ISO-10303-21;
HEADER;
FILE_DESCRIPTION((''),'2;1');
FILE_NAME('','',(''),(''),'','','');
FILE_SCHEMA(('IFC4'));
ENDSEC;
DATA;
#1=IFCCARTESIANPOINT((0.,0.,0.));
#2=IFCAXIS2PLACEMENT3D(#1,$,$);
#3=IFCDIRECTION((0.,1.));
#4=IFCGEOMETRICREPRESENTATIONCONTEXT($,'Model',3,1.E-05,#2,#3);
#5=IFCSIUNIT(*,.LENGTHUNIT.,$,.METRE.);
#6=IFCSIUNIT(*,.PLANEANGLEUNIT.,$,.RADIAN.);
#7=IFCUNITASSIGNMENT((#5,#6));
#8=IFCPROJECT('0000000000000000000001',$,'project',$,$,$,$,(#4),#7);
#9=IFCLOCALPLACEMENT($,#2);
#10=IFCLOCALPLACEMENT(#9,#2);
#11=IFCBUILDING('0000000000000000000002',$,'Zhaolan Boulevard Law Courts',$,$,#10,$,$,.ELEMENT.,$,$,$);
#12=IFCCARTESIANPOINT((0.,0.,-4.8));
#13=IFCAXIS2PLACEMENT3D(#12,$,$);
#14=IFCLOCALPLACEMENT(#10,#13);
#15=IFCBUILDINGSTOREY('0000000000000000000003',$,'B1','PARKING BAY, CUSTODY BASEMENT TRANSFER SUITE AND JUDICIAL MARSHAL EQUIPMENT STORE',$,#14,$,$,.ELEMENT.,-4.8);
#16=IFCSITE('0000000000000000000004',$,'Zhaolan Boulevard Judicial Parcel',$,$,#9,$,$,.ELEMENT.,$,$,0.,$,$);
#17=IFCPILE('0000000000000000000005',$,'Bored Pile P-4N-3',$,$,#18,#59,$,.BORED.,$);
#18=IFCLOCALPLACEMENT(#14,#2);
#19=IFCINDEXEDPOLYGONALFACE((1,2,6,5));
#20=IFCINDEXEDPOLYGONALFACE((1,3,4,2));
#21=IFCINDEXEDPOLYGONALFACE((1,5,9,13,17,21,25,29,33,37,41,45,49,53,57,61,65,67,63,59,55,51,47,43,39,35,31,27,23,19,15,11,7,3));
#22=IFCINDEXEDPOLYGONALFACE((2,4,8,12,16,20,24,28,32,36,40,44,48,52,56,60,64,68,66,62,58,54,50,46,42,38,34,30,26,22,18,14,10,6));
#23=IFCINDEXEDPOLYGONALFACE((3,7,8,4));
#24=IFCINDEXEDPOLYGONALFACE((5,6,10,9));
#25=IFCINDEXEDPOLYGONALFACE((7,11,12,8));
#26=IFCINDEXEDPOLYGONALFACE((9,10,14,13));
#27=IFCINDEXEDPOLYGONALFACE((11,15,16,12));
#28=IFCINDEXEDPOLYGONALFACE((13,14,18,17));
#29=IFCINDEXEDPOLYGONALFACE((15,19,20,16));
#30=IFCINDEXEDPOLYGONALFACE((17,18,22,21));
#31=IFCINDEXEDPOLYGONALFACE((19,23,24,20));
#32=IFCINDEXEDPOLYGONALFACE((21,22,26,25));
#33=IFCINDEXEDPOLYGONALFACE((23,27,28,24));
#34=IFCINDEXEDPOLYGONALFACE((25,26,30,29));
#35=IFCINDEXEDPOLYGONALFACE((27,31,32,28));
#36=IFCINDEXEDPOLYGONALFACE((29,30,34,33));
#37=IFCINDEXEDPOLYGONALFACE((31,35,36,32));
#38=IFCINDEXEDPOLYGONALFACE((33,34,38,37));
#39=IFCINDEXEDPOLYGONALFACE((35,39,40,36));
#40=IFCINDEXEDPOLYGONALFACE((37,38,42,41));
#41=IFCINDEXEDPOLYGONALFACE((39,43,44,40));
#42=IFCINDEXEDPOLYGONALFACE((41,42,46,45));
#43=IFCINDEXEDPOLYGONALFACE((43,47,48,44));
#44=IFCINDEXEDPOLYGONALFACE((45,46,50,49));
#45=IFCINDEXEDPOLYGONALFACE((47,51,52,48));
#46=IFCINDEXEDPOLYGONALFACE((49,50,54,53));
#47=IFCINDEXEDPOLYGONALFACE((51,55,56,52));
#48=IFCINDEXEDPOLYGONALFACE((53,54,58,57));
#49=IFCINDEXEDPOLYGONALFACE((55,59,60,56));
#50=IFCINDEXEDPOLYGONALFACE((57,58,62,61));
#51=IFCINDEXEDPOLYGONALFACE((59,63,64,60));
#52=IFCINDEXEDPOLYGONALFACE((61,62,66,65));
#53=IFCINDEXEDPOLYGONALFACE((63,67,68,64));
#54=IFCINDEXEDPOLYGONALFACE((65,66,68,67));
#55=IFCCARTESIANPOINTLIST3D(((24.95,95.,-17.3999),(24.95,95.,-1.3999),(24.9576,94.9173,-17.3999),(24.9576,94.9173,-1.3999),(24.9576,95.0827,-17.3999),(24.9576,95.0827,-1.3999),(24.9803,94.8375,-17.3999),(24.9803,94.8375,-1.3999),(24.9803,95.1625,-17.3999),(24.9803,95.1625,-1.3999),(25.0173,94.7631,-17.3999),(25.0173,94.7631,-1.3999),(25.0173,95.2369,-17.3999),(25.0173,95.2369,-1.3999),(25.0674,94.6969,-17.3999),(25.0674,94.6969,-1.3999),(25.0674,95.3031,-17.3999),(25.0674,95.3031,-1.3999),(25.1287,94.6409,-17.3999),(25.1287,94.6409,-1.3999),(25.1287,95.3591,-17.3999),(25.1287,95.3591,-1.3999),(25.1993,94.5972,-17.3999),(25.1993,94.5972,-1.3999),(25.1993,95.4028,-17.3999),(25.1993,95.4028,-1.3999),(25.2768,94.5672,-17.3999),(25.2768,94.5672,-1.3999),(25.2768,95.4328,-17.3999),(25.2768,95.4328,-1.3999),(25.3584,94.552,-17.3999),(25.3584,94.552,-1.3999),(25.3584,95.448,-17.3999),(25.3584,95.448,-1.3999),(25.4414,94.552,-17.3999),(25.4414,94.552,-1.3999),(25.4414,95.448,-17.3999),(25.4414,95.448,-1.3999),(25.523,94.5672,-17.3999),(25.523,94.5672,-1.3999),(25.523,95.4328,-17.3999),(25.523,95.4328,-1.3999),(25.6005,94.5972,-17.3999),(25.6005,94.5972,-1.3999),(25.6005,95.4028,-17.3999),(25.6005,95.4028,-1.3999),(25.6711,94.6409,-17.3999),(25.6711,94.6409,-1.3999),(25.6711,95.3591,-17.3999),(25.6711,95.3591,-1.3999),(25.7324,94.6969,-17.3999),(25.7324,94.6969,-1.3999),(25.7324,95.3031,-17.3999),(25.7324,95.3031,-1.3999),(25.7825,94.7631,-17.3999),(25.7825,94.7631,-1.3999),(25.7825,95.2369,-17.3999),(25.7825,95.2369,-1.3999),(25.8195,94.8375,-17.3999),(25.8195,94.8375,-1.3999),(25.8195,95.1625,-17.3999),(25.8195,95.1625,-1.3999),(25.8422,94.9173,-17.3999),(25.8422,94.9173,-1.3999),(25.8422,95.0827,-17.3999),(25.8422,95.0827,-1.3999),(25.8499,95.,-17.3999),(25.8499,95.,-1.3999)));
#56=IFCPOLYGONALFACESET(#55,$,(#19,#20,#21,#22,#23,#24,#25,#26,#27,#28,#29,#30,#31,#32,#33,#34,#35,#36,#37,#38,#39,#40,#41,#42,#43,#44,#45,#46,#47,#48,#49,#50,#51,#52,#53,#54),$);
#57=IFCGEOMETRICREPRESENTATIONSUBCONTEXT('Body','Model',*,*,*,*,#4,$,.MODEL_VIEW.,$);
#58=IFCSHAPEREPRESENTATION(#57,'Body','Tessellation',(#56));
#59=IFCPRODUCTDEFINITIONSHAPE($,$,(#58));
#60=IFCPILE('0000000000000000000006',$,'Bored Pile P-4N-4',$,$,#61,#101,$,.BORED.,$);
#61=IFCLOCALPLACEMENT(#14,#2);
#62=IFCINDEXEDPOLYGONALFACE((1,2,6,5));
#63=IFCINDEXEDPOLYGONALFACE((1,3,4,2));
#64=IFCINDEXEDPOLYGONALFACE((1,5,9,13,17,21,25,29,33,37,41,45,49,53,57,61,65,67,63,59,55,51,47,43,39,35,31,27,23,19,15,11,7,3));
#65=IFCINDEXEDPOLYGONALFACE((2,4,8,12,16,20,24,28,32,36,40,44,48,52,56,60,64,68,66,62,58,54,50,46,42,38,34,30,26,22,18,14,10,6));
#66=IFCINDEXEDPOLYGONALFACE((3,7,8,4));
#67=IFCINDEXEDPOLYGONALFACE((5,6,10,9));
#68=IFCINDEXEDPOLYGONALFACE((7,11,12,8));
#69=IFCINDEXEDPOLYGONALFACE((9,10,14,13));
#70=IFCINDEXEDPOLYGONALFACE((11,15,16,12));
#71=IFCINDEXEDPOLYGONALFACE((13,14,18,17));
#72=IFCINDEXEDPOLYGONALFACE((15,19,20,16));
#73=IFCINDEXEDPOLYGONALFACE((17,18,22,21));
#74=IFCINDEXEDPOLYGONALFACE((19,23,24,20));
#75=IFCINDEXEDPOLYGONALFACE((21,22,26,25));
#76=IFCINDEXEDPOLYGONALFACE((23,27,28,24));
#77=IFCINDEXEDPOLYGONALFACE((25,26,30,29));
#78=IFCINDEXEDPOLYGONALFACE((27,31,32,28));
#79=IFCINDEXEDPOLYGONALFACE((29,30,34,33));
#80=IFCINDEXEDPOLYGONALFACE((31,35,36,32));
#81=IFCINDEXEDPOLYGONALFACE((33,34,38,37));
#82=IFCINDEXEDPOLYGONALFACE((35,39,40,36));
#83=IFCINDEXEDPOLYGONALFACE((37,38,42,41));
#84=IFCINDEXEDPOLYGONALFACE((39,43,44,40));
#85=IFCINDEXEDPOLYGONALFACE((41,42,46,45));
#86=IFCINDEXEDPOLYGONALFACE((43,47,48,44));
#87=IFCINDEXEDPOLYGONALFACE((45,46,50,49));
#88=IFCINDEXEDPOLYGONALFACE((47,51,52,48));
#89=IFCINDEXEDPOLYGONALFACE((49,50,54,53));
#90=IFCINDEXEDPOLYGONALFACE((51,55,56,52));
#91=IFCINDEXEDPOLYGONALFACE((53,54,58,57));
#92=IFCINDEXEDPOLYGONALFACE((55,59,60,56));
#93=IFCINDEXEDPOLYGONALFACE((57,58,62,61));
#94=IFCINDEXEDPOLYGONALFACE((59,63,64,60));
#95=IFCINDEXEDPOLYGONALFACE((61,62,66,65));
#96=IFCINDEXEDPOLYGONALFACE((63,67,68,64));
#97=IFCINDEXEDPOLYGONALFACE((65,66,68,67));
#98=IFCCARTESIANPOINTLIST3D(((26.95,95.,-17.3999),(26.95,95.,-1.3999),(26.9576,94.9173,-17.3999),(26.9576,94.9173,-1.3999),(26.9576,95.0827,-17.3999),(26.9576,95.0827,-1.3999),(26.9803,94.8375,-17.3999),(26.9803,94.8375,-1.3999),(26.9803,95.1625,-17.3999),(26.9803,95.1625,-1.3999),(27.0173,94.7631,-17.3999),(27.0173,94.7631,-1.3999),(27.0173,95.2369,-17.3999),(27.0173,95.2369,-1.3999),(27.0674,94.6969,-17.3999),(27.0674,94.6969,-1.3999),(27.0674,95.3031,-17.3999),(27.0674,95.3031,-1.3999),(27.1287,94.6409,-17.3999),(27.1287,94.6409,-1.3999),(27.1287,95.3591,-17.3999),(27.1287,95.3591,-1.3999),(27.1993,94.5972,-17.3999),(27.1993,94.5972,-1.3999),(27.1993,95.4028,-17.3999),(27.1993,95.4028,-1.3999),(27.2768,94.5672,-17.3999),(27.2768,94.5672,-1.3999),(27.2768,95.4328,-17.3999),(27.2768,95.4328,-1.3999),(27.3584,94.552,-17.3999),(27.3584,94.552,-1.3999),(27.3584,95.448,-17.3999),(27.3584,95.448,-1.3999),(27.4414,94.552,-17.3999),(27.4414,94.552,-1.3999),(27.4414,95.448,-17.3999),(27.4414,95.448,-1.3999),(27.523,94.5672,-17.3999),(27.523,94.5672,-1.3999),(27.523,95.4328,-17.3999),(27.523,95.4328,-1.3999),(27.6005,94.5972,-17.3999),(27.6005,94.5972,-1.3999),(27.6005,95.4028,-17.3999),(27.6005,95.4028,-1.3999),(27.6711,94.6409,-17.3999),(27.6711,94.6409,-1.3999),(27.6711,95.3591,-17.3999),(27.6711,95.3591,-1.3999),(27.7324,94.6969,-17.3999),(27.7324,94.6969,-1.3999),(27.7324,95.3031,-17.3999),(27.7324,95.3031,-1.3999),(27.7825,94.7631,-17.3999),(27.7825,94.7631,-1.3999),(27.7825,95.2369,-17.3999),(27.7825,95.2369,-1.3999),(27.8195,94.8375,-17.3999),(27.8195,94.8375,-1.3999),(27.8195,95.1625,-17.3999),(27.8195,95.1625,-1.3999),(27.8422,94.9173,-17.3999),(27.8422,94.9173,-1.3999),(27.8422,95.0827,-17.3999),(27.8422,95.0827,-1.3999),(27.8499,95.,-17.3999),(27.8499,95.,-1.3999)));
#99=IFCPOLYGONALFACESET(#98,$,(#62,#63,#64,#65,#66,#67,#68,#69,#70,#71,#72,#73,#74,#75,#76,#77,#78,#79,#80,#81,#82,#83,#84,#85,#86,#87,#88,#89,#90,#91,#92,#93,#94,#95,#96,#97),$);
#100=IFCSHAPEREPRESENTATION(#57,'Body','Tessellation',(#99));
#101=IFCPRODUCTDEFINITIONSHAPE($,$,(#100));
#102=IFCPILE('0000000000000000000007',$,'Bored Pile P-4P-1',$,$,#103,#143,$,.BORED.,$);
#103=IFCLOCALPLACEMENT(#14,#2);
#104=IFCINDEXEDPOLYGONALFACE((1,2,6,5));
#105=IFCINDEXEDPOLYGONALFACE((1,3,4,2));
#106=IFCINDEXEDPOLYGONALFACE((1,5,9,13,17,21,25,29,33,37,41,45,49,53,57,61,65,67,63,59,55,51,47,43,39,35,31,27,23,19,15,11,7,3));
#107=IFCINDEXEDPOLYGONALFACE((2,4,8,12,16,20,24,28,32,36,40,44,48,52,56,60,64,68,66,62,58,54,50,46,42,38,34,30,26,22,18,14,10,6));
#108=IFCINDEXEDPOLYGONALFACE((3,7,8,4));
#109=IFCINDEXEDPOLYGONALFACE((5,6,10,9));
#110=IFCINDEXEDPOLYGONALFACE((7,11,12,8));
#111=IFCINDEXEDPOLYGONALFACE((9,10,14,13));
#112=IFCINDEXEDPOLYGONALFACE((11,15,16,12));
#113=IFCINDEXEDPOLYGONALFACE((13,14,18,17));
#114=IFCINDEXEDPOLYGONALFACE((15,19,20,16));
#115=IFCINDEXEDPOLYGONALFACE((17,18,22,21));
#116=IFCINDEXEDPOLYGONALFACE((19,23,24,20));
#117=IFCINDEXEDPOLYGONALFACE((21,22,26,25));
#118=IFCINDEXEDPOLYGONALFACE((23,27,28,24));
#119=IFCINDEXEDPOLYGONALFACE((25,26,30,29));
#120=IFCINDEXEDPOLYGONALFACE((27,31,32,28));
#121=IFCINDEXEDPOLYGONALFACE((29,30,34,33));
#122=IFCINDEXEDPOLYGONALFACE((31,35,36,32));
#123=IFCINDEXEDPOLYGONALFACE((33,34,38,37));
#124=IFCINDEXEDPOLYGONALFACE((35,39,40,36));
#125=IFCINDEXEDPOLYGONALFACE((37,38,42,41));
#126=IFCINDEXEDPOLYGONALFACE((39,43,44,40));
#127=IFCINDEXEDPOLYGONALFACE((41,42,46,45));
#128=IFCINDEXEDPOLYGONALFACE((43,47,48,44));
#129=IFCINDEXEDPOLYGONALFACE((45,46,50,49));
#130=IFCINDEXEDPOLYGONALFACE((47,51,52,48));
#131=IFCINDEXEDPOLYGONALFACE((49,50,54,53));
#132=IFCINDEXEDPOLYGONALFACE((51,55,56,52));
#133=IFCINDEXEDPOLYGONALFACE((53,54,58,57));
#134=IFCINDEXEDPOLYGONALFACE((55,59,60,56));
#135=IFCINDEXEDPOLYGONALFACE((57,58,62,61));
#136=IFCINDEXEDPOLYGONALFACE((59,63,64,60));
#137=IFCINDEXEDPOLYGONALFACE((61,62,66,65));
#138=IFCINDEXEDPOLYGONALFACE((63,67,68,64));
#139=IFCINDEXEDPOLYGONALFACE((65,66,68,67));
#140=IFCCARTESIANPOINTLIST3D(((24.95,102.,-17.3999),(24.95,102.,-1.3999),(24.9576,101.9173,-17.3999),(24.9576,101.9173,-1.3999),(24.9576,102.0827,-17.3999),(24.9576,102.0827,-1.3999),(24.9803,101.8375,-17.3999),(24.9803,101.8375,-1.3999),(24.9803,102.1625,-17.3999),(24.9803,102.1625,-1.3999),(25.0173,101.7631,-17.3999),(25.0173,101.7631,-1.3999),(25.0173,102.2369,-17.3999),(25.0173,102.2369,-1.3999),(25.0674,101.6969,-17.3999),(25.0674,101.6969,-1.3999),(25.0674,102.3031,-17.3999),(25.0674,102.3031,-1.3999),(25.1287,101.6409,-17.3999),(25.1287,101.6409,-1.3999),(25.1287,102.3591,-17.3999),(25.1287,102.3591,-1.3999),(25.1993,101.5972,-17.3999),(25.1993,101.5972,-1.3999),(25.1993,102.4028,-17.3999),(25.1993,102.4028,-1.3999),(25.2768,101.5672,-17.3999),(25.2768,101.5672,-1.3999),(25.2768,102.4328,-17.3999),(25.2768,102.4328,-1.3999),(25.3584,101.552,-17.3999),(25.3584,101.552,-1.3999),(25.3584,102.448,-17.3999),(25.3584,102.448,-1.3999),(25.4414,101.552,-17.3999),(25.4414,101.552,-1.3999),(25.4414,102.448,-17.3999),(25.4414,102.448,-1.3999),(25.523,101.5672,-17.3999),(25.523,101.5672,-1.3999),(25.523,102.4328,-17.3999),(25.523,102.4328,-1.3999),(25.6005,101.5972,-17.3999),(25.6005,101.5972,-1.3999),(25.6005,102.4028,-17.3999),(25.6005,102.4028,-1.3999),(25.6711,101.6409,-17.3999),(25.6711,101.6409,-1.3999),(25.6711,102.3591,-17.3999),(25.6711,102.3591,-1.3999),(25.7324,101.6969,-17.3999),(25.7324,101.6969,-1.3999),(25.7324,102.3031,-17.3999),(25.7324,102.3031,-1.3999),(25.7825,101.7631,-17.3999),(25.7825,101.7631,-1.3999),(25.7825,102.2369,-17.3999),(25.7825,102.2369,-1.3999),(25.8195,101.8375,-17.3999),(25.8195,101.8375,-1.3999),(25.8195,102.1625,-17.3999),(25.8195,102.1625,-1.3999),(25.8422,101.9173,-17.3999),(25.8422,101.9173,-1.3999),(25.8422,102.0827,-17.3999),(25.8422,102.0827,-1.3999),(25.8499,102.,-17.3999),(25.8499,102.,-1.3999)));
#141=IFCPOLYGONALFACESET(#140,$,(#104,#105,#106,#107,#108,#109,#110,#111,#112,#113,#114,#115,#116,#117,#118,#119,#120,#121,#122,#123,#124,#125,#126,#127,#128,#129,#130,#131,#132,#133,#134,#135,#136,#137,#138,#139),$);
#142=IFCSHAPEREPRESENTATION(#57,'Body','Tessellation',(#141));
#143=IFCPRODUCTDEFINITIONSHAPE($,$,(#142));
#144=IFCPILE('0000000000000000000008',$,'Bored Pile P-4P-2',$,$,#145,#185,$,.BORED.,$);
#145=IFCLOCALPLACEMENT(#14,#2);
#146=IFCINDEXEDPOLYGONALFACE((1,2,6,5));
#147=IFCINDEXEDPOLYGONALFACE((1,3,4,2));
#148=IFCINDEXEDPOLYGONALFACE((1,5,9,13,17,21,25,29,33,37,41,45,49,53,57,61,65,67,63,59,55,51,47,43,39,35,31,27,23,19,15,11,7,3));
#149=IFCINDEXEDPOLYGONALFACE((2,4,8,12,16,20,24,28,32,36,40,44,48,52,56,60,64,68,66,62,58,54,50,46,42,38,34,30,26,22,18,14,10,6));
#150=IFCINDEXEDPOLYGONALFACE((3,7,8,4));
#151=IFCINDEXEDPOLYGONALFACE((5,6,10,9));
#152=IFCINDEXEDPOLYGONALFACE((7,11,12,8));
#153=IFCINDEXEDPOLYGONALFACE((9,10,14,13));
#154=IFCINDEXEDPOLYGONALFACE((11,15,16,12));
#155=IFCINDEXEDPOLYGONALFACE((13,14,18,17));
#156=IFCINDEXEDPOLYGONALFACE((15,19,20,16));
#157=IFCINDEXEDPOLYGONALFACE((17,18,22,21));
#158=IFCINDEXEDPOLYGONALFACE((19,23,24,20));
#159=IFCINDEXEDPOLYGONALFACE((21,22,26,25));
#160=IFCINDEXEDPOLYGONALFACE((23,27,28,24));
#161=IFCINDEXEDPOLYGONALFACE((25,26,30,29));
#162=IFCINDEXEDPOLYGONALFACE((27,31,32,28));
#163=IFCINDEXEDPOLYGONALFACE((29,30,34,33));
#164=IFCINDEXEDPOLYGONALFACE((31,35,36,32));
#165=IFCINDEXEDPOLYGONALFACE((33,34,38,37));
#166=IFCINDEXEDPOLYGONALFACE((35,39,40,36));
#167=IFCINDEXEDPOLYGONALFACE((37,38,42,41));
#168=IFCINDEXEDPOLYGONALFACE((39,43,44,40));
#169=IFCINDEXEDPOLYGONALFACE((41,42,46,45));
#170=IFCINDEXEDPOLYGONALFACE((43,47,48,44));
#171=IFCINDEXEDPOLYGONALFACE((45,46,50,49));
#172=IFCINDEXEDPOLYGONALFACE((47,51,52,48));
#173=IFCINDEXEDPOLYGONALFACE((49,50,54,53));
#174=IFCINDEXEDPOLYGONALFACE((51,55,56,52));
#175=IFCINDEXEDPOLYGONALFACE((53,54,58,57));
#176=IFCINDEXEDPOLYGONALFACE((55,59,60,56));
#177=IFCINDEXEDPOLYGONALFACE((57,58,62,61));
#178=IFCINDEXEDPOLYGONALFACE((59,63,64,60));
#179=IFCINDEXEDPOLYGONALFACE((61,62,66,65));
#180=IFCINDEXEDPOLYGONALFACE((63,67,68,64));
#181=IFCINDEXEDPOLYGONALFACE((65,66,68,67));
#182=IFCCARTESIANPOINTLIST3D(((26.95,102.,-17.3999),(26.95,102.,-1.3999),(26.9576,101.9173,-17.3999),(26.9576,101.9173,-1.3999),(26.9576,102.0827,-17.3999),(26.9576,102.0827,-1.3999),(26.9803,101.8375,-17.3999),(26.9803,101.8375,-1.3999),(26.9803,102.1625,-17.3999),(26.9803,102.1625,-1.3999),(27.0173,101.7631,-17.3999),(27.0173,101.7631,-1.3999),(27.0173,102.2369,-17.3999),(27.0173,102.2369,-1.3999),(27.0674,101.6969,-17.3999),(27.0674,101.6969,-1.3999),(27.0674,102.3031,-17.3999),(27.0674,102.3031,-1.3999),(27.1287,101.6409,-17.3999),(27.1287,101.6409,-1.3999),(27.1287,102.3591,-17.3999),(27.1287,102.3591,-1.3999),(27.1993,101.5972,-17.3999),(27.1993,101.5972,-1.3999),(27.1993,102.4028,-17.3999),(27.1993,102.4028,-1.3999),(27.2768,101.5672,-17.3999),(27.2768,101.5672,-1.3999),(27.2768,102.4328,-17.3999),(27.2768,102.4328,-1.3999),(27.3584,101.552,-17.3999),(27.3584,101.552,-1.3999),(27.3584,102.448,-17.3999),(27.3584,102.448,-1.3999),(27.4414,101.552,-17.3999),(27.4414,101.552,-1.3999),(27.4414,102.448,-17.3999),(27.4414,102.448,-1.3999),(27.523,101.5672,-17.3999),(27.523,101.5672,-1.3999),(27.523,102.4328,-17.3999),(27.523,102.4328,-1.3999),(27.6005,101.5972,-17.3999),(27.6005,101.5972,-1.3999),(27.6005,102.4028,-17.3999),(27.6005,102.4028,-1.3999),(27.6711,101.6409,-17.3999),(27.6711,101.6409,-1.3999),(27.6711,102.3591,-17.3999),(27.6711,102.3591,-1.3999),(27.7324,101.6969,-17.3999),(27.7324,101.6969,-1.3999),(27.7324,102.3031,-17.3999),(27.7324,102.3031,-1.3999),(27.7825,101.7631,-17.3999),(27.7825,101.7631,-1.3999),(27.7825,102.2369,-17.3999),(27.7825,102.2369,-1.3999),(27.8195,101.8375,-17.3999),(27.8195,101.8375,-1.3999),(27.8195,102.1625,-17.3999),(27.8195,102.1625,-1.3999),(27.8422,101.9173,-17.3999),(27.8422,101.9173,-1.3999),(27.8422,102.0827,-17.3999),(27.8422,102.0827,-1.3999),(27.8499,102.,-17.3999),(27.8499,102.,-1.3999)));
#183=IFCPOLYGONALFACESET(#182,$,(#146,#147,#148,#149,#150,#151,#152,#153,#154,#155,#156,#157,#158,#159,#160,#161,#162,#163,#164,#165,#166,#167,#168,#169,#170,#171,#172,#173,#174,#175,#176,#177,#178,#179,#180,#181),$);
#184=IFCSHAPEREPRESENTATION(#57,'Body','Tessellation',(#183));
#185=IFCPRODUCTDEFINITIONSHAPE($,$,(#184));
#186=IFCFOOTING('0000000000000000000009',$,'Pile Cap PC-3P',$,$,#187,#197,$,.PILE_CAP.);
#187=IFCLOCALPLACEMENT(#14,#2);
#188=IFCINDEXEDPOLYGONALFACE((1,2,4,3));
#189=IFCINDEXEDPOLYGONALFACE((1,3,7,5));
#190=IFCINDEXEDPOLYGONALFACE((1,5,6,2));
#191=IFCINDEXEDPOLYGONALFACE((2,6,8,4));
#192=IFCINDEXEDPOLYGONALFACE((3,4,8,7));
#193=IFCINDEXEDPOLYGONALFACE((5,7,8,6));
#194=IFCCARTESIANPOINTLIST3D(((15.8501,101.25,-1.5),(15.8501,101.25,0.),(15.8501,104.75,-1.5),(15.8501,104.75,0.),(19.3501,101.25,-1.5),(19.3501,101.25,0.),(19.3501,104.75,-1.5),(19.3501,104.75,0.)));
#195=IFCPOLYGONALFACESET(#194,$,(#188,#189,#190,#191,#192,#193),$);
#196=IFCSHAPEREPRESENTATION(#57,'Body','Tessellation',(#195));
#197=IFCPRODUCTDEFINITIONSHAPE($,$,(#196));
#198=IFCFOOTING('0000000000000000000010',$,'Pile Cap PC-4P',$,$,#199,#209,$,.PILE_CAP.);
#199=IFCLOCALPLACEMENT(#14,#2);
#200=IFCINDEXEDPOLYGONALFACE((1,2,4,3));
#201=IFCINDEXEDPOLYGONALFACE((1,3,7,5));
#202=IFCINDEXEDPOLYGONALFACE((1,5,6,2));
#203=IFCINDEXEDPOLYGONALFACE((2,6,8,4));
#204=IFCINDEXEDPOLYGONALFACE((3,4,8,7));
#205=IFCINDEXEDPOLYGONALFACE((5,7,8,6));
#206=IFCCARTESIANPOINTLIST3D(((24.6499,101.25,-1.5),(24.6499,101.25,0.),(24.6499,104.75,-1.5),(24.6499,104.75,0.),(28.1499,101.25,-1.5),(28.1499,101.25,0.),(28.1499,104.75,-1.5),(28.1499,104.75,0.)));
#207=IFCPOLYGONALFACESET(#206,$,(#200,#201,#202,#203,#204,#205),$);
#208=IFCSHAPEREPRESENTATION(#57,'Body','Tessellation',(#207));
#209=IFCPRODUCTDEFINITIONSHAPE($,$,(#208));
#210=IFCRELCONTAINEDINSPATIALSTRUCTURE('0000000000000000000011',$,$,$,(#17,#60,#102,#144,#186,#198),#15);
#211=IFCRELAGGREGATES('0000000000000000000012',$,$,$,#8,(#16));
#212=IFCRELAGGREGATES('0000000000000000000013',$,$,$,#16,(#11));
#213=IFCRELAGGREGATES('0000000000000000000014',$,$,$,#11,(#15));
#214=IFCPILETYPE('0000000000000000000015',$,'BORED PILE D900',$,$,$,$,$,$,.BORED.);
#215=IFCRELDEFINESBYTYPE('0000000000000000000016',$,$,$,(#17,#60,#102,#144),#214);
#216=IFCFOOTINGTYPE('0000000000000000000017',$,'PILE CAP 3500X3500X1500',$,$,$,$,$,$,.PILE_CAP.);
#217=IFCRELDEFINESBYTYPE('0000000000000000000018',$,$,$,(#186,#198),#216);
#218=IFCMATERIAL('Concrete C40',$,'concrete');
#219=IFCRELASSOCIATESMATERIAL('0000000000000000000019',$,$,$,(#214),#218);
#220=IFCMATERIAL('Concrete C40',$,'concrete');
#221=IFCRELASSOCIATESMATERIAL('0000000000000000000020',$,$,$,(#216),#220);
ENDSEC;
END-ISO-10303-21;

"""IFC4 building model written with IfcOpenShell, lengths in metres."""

from ifc_helpers import new_model, si_unit, direction, frame, origin, origin_2d, place, context, subcontext, project, spatial, rectangle, circle, extrude, material, material_profile, profile_set, type_object, element, save


model = new_model("IFC4")

# Units and contexts
model_context = context("Model", 3, precision=1e-05, world=origin(), true_north=direction((0.0, 1.0)))
body_context = subcontext(model_context, "Body", "Model", "MODEL_VIEW")
ifc_project = project(units=[si_unit("LENGTHUNIT", "METRE"), si_unit("PLANEANGLEUNIT", "RADIAN")], contexts=[model_context])

# Site, building, storey
site_placement = place(None, origin())
site = spatial("IfcSite", under=ifc_project, at=site_placement, Name="Zhaolan Boulevard Judicial Parcel", CompositionType="ELEMENT", RefElevation=0.0)
building_placement = place(site_placement, origin())
building = spatial("IfcBuilding", under=site, at=building_placement, Name="Zhaolan Boulevard Law Courts", CompositionType="ELEMENT")
storey_placement = place(building_placement, frame((0.0, 0.0, -4.8)))
storey = spatial("IfcBuildingStorey", under=building, at=storey_placement, Name="B1", Description="PARKING BAY, CUSTODY BASEMENT TRANSFER SUITE AND JUDICIAL MARSHAL EQUIPMENT STORE", CompositionType="ELEMENT", Elevation=-4.8)

# Piles
ifc_material_1 = material(Name="Concrete C40", Category="concrete")
ifc_material_profile_1 = material_profile(ifc_material_1, circle(Radius=0.45, at=origin_2d()), Name="PILE-D900")
ifc_profile_set_1 = profile_set([ifc_material_profile_1], Name="Concrete C40")
pile_type = type_object("IfcPileType", Name="BORED PILE D900", PredefinedType="BORED", material=ifc_profile_set_1)
for number, where, z_axis, x_axis, name in (
    (1, (25.3999, 95.0, -1.3999), (0.0, 0.0, -1.0), (1.0, 0.0, 0.0), "Bored Pile P-4N-3"),
    (2, (27.3999, 95.0, -1.3999), (0.0, 0.0, -1.0), (1.0, 0.0, 0.0), "Bored Pile P-4N-4"),
    (3, (25.3999, 102.0, -1.3999), (0.0, 0.0, -1.0), (1.0, 0.0, 0.0), "Bored Pile P-4P-1"),
    (4, (27.3999, 102.0, -1.3999), (0.0, 0.0, -1.0), (1.0, 0.0, 0.0), "Bored Pile P-4P-2"),
):
    element("IfcPile", number, at=place(storey_placement, frame(where, z_axis=z_axis, x_axis=x_axis)), inside=storey, type_object=pile_type, Name=name, PredefinedType="BORED", context=body_context, shape_type="SweptSolid", body=[
        extrude(circle(Radius=0.45, at=origin_2d()), origin(), (0.0, 0.0, 1.0), 16.0),
    ])

# Footings
ifc_material_2 = material(Name="Concrete C40", Category="concrete")
footing_type_1 = type_object("IfcFootingType", Name="PILE CAP 3500X3500X1500", PredefinedType="PILE_CAP", material=ifc_material_2)
for number, where, z_axis, x_axis, name in (
    (5, (17.6001, 103.0, -1.5), (0.0, 0.0, 1.0), (1.0, 0.0, 0.0), "Pile Cap PC-3P"),
    (6, (26.3999, 103.0, -1.5), (0.0, 0.0, 1.0), (1.0, 0.0, 0.0), "Pile Cap PC-4P"),
):
    element("IfcFooting", number, at=place(storey_placement, frame(where, z_axis=z_axis, x_axis=x_axis)), inside=storey, type_object=footing_type_1, Name=name, PredefinedType="PILE_CAP", context=body_context, shape_type="SweptSolid", body=[
        extrude(rectangle(XDim=3.5, YDim=3.5, at=origin_2d()), origin(), (0.0, 0.0, 1.0), 1.5),
    ])

save(model, "model.ifc")
